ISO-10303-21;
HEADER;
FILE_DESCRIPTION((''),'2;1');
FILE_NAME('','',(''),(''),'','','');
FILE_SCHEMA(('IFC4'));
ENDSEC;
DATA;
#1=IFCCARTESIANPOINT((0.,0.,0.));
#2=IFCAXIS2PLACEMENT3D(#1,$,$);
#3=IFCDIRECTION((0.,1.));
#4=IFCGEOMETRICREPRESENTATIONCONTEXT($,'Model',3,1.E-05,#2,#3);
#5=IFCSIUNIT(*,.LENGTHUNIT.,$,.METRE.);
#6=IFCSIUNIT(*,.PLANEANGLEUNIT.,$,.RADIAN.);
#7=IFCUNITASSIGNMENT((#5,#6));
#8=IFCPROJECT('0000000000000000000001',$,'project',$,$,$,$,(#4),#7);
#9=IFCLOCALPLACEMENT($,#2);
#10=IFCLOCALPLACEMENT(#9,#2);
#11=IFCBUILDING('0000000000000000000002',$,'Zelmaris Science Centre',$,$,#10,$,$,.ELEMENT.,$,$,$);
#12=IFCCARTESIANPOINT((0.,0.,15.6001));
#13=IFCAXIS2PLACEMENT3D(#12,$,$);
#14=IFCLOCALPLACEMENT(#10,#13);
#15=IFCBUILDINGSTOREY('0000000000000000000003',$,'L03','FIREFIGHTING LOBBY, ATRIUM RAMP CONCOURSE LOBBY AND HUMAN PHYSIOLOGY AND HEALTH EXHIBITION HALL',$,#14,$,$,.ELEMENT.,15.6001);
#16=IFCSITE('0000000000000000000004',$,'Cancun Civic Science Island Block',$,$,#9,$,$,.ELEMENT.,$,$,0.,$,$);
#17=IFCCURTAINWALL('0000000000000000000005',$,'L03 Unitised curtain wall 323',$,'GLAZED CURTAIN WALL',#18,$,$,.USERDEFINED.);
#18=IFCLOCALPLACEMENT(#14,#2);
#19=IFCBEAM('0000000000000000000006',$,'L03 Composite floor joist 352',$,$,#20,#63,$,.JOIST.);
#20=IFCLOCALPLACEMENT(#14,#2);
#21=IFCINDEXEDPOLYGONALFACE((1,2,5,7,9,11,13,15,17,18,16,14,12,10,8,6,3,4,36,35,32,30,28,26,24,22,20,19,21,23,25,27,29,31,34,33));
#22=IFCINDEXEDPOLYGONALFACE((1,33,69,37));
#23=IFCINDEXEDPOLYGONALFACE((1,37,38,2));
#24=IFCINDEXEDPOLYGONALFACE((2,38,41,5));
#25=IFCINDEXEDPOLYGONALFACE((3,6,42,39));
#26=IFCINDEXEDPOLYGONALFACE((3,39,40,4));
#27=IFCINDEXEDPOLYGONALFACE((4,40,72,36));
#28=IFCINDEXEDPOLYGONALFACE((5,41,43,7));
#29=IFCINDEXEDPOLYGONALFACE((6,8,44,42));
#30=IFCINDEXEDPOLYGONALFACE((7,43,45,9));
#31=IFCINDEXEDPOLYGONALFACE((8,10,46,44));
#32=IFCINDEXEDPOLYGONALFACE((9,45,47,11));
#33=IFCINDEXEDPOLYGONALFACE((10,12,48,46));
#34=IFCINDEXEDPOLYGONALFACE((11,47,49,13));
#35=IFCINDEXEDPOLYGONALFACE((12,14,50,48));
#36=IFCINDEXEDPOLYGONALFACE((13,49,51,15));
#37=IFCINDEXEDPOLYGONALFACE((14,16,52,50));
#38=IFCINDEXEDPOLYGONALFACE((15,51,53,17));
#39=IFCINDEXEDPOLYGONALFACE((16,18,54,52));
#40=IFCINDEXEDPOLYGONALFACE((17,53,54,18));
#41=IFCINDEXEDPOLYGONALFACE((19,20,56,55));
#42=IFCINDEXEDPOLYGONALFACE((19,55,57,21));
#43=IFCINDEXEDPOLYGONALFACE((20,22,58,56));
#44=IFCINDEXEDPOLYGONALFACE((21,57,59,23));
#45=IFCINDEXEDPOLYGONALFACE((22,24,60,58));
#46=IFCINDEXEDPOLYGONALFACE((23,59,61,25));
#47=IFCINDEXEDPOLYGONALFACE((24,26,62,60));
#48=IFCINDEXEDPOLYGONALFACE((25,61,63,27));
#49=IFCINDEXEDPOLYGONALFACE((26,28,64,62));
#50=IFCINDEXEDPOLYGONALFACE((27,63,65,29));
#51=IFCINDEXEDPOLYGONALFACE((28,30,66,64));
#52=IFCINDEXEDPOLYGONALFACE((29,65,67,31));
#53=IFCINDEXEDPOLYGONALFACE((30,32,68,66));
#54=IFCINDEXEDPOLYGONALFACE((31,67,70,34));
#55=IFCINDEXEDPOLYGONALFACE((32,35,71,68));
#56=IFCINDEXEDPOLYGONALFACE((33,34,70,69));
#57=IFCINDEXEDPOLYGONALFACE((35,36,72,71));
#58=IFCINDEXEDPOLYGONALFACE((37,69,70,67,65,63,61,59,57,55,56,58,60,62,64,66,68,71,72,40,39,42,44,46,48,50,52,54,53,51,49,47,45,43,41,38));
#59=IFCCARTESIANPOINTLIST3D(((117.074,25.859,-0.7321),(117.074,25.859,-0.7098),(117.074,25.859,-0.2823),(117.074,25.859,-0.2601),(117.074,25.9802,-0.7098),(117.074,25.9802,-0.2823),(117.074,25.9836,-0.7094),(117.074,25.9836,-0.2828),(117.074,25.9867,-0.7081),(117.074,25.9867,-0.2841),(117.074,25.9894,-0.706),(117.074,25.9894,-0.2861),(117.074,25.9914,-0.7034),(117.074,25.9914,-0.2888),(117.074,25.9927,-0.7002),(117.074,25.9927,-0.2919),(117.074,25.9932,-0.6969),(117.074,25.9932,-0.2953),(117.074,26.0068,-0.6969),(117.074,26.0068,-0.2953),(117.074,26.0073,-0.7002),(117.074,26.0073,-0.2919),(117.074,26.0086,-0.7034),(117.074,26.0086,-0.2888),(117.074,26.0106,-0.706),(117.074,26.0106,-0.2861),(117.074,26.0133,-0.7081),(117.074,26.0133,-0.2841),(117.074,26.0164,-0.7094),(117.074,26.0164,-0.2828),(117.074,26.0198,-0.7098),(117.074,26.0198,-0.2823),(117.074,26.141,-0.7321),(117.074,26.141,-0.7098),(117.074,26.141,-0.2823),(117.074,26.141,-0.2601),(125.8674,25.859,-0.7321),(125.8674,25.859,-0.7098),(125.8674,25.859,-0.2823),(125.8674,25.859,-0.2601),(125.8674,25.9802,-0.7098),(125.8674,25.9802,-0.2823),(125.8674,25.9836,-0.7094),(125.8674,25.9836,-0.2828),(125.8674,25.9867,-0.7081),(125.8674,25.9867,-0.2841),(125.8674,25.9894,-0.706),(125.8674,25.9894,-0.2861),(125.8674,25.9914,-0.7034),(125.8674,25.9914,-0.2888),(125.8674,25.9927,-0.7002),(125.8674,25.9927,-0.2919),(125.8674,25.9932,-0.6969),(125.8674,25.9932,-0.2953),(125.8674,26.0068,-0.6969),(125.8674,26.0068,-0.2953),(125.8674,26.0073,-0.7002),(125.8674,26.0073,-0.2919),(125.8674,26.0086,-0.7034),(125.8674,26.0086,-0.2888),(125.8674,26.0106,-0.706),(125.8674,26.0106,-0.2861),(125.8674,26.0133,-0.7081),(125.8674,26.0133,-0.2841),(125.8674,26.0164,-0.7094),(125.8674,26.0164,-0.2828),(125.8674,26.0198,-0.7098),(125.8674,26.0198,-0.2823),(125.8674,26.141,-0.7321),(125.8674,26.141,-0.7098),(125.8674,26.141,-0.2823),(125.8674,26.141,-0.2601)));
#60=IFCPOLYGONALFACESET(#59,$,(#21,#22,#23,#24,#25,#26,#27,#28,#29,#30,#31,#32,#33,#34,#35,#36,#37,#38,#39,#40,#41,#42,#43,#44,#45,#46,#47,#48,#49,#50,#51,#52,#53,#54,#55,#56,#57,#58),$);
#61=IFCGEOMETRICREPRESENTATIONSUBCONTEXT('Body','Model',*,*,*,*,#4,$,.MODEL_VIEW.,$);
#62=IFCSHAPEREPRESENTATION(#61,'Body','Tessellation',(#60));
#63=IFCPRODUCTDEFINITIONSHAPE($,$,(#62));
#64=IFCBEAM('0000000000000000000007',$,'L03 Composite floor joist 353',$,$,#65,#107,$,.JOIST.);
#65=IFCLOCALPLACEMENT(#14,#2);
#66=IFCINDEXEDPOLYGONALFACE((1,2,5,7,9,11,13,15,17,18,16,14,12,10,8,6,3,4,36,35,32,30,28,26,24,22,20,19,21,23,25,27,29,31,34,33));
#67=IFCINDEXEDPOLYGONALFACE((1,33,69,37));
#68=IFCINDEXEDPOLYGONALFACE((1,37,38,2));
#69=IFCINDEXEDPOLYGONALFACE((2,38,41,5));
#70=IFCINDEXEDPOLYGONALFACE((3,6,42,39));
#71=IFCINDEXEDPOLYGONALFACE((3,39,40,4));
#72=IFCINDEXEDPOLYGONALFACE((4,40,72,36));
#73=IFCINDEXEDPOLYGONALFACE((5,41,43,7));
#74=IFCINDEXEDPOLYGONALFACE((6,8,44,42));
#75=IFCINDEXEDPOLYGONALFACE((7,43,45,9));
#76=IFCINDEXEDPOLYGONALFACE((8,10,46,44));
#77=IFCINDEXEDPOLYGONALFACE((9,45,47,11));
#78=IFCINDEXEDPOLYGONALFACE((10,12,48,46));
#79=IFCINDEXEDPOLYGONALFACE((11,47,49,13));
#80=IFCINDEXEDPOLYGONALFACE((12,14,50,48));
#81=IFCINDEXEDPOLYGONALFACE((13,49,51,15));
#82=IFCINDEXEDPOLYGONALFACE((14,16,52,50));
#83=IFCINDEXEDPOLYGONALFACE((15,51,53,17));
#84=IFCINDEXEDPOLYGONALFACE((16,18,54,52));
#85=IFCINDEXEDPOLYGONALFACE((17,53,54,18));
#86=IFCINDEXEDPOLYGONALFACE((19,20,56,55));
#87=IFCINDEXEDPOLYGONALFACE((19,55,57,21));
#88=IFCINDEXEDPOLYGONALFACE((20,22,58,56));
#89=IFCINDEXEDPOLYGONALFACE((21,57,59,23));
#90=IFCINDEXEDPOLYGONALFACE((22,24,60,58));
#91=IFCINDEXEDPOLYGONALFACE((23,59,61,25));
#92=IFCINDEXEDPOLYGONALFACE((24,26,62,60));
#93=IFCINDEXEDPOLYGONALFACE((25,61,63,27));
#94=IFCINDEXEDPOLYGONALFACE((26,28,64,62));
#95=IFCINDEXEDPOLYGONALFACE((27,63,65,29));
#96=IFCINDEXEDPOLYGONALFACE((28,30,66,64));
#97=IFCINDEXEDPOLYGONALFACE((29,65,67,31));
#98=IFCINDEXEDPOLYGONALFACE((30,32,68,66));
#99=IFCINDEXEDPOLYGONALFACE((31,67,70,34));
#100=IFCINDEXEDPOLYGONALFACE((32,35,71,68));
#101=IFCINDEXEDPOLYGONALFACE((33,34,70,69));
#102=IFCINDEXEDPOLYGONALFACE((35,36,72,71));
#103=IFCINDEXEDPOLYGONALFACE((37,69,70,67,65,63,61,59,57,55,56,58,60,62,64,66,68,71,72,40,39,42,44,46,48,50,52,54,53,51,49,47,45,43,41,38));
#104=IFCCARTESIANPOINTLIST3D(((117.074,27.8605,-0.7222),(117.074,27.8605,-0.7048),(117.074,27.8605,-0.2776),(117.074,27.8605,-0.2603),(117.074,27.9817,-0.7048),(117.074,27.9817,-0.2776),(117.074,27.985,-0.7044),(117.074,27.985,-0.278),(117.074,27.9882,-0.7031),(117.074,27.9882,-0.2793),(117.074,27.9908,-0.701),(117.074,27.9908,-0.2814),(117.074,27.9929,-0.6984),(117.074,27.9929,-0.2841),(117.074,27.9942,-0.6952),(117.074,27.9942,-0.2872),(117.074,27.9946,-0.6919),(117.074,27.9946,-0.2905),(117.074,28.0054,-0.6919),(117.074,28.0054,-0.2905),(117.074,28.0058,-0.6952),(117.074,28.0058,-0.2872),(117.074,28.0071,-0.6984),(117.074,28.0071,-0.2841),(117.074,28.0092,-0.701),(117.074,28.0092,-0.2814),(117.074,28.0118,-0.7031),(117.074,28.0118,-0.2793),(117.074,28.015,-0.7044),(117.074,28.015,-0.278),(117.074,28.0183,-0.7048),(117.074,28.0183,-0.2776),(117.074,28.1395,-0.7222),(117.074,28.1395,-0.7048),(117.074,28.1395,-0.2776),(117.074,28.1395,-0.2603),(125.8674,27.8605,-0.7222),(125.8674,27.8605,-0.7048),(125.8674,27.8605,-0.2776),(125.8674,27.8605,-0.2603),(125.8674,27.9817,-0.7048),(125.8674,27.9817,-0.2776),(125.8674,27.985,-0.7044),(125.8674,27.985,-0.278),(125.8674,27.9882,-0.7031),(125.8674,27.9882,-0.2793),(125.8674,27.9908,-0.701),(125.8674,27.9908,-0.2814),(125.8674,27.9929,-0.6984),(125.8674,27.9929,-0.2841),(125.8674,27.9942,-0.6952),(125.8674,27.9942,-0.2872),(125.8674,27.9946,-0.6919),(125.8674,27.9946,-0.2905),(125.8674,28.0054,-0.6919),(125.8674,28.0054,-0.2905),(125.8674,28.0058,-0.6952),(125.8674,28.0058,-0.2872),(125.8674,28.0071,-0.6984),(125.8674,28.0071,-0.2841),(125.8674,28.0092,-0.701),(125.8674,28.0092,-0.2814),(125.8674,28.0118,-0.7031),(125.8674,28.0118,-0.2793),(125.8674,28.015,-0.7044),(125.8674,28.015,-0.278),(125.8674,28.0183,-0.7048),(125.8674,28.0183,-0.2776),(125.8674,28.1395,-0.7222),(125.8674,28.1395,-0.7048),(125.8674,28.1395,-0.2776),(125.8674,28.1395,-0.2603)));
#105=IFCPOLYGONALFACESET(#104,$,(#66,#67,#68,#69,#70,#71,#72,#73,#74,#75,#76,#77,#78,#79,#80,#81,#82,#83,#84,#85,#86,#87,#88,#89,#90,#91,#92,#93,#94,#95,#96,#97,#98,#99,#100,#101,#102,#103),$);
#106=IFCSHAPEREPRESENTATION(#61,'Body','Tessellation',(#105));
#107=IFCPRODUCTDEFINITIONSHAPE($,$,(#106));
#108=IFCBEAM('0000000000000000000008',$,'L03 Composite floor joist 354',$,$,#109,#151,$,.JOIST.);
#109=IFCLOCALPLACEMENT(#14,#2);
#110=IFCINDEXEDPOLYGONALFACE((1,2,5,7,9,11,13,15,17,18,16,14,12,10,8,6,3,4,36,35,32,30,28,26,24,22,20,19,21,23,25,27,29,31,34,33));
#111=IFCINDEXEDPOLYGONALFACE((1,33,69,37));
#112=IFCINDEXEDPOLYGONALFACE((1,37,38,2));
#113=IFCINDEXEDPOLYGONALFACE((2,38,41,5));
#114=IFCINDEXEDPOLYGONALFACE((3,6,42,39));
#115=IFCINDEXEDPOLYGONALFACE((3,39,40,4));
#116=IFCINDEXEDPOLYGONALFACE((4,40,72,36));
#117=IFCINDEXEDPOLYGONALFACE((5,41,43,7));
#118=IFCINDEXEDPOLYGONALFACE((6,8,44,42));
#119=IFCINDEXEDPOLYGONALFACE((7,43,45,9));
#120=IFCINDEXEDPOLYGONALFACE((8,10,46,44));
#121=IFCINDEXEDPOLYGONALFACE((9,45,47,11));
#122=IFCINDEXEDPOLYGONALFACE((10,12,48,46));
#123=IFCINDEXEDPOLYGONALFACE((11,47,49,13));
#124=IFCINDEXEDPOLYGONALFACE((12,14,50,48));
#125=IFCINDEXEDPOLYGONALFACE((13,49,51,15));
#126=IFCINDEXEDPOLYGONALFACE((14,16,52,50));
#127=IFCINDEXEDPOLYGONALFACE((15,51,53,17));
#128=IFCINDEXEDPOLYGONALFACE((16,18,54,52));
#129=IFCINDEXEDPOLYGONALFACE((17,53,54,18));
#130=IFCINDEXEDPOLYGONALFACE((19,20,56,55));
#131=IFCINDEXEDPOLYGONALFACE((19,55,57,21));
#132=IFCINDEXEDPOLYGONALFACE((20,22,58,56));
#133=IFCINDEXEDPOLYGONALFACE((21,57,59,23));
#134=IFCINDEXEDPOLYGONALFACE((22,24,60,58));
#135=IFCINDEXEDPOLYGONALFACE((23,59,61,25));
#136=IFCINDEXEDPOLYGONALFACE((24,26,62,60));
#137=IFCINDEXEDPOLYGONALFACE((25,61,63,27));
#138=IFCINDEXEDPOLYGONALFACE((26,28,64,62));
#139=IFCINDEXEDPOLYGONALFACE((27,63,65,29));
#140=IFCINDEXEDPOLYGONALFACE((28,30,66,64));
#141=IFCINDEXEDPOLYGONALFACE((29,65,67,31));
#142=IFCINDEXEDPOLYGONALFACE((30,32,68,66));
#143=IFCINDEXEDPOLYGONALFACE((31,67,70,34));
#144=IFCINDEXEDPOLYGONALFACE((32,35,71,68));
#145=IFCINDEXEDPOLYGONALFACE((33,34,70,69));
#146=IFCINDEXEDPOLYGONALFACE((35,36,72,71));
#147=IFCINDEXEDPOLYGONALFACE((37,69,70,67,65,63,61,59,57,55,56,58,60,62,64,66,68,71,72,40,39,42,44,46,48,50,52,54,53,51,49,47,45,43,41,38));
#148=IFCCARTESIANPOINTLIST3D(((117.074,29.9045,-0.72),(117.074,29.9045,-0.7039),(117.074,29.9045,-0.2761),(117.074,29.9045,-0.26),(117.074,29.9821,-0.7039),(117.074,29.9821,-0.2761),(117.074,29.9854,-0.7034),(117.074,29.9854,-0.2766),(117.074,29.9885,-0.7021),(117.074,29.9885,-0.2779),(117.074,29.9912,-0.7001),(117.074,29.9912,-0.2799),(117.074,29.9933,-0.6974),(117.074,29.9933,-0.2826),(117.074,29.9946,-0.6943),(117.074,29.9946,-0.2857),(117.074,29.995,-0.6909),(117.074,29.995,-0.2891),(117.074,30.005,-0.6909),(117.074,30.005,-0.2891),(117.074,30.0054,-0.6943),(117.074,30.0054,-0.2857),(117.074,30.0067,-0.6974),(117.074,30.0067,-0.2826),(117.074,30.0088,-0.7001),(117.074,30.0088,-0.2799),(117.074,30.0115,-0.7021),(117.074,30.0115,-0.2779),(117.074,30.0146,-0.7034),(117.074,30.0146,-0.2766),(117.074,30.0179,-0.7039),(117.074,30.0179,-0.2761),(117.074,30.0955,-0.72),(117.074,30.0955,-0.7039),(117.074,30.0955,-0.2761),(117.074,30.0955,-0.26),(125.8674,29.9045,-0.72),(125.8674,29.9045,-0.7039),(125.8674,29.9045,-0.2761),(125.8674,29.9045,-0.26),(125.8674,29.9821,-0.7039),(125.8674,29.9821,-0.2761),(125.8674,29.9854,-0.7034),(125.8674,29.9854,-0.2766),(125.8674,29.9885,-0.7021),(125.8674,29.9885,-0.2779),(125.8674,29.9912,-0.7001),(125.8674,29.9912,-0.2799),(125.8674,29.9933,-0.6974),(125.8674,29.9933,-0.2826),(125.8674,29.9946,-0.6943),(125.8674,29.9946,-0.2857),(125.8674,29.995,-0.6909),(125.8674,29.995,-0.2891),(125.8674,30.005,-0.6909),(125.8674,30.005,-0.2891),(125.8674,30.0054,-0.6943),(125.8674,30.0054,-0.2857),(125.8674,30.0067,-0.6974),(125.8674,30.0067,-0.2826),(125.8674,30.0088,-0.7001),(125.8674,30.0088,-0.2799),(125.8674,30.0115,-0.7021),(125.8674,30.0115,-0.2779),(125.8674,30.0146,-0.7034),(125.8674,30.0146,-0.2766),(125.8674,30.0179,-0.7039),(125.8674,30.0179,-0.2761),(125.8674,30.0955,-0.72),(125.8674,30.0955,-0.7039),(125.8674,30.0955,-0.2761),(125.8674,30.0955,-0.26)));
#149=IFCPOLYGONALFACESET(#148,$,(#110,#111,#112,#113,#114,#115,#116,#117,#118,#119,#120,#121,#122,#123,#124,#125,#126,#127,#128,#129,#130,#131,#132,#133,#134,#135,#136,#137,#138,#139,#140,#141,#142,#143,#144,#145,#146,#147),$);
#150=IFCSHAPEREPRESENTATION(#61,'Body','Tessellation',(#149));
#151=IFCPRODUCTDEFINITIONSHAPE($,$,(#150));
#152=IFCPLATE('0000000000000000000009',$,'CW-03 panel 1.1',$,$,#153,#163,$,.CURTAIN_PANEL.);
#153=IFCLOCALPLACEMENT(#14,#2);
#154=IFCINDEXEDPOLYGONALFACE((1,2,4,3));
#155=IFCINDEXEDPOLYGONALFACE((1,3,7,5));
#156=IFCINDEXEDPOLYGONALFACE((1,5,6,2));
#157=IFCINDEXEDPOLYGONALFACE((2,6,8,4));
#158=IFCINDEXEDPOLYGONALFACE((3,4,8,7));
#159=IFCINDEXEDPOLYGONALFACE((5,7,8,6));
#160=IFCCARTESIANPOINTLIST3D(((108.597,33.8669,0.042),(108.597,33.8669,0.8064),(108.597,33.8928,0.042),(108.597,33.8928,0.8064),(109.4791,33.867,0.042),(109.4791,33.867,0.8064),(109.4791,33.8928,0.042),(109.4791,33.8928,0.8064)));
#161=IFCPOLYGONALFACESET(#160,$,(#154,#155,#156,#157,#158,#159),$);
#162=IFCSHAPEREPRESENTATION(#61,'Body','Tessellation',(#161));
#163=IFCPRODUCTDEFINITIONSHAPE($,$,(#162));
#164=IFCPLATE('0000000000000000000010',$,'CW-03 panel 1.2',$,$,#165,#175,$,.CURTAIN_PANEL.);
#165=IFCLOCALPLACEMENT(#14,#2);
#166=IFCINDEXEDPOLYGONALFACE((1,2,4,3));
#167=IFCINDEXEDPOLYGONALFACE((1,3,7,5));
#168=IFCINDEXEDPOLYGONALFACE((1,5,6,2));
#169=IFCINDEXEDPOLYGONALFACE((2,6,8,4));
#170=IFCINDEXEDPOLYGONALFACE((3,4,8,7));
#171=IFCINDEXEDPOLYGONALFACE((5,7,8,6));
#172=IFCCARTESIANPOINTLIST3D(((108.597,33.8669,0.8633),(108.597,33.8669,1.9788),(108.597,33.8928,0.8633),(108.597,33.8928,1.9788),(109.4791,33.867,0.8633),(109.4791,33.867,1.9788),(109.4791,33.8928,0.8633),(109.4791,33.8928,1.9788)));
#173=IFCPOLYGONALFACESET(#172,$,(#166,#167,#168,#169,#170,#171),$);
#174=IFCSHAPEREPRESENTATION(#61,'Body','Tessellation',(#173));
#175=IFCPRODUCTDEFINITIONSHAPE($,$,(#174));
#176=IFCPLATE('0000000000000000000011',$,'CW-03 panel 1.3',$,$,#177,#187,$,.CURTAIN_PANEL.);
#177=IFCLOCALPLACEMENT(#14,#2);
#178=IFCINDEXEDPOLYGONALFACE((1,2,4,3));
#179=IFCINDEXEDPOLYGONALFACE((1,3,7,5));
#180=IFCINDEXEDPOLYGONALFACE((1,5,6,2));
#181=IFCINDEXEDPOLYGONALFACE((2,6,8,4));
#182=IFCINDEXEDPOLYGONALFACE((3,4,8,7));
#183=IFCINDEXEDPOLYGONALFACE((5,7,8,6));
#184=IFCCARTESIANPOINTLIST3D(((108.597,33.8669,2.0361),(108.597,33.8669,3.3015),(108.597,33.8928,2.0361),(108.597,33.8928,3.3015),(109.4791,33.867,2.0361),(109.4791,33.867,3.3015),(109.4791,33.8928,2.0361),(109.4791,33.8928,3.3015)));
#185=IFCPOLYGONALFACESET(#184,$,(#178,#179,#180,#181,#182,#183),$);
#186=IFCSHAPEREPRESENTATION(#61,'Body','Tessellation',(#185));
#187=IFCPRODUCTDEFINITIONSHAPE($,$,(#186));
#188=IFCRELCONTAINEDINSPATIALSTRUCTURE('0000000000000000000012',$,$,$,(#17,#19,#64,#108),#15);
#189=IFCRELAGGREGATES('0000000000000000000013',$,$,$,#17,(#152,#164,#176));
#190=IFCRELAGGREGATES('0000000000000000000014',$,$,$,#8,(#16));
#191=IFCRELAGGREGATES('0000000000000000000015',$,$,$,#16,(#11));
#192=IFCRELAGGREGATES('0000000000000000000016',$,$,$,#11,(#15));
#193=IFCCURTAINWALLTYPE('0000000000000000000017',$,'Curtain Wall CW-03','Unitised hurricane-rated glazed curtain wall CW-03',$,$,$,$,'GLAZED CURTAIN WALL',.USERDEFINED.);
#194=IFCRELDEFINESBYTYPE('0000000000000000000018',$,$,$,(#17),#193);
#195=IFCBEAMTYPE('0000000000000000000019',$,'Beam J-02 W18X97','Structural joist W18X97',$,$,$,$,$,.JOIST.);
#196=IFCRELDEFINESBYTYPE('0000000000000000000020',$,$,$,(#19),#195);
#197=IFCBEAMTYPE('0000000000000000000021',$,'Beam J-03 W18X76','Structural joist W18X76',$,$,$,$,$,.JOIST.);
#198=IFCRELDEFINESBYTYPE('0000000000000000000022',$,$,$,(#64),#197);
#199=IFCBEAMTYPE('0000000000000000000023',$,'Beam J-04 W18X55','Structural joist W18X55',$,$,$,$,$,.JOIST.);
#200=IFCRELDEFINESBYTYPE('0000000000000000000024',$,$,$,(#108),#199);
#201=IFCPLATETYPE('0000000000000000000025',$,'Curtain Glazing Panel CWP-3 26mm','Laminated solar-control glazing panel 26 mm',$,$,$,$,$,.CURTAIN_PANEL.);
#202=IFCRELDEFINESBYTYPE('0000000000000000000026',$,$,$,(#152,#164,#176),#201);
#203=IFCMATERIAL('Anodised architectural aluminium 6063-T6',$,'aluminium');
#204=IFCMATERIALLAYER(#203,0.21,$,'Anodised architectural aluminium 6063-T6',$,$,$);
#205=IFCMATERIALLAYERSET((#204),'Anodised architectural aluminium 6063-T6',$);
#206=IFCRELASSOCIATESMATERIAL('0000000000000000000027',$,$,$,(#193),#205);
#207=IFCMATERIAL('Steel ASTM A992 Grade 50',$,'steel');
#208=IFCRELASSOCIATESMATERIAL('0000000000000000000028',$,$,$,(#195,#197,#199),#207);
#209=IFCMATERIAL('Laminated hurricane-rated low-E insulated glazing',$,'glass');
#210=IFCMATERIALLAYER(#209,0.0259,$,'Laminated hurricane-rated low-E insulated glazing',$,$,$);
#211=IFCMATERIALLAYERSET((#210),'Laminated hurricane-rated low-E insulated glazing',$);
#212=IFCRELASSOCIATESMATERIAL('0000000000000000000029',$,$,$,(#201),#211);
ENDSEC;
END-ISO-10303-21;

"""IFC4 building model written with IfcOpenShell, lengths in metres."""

from ifc_helpers import new_model, si_unit, direction, frame, origin, origin_2d, place, context, subcontext, project, spatial, rectangle, i_section, extrude, material, layer, layer_set, material_profile, profile_set, type_object, element, aggregate, save


model = new_model("IFC4")

# Units and contexts
model_context = context("Model", 3, precision=1e-05, world=origin(), true_north=direction((0.0, 1.0)))
body_context = subcontext(model_context, "Body", "Model", "MODEL_VIEW")
ifc_project = project(units=[si_unit("LENGTHUNIT", "METRE"), si_unit("PLANEANGLEUNIT", "RADIAN")], contexts=[model_context])

# Site, building, storey
site_placement = place(None, origin())
site = spatial("IfcSite", under=ifc_project, at=site_placement, Name="Cancun Civic Science Island Block", CompositionType="ELEMENT", RefElevation=0.0)
building_placement = place(site_placement, origin())
building = spatial("IfcBuilding", under=site, at=building_placement, Name="Zelmaris Science Centre", CompositionType="ELEMENT")
storey_placement = place(building_placement, frame((0.0, 0.0, 15.6001)))
storey = spatial("IfcBuildingStorey", under=building, at=storey_placement, Name="L03", Description="FIREFIGHTING LOBBY, ATRIUM RAMP CONCOURSE LOBBY AND HUMAN PHYSIOLOGY AND HEALTH EXHIBITION HALL", CompositionType="ELEMENT", Elevation=15.6001)

# Shared definitions
ifc_material_1 = material(Name="Steel ASTM A992 Grade 50", Category="steel")

# Shared definitions
ifc_material_2 = material(Name="Anodised architectural aluminium 6063-T6", Category="aluminium")
ifc_layer_1 = layer(ifc_material_2, 0.21, Name="Anodised architectural aluminium 6063-T6")
ifc_layer_set_1 = layer_set([ifc_layer_1], Name="Anodised architectural aluminium 6063-T6")
curtain_wall_type = type_object("IfcCurtainWallType", Name="Curtain Wall CW-03", Description="Unitised hurricane-rated glazed curtain wall CW-03", ElementType="GLAZED CURTAIN WALL", PredefinedType="USERDEFINED", material=ifc_layer_set_1)

# Curtain wall
curtain_wall_1_placement = place(storey_placement, origin())
curtain_wall_1 = element("IfcCurtainWall", 1, at=curtain_wall_1_placement, inside=storey, type_object=curtain_wall_type, Name="L03 Unitised curtain wall 323", ObjectType="GLAZED CURTAIN WALL", PredefinedType="USERDEFINED")

# Beams
ifc_material_profile_1 = material_profile(ifc_material_1, i_section(OverallWidth=0.282, OverallDepth=0.4719, WebThickness=0.0137, FlangeThickness=0.0222, FilletRadius=0.0129, at=origin_2d()), Name="W18X97")
ifc_profile_set_1 = profile_set([ifc_material_profile_1], Name="Steel ASTM A992 Grade 50")
beam_type_1 = type_object("IfcBeamType", Name="Beam J-02 W18X97", Description="Structural joist W18X97", PredefinedType="JOIST", material=ifc_profile_set_1)
beam_1_placement = place(storey_placement, frame((117.074, 26.0, -0.4961), z_axis=(1.0, 0.0, 0.0), x_axis=(0.0, 1.0, 0.0)))
element("IfcBeam", 2, at=beam_1_placement, inside=storey, type_object=beam_type_1, Name="L03 Composite floor joist 352", PredefinedType="JOIST", context=body_context, shape_type="SweptSolid", body=[
    extrude(i_section(OverallWidth=0.282, OverallDepth=0.4719, WebThickness=0.0137, FlangeThickness=0.0222, FilletRadius=0.0129, at=origin_2d()), origin(), (0.0, 0.0, 1.0), 8.7935),
])
ifc_material_profile_2 = material_profile(ifc_material_1, i_section(OverallWidth=0.2791, OverallDepth=0.4619, WebThickness=0.0107, FlangeThickness=0.0173, FilletRadius=0.0129, at=origin_2d()), Name="W18X76")
ifc_profile_set_2 = profile_set([ifc_material_profile_2], Name="Steel ASTM A992 Grade 50")
beam_type_2 = type_object("IfcBeamType", Name="Beam J-03 W18X76", Description="Structural joist W18X76", PredefinedType="JOIST", material=ifc_profile_set_2)
beam_2_placement = place(storey_placement, frame((117.074, 28.0, -0.4912), z_axis=(1.0, 0.0, 0.0), x_axis=(0.0, 1.0, 0.0)))
element("IfcBeam", 3, at=beam_2_placement, inside=storey, type_object=beam_type_2, Name="L03 Composite floor joist 353", PredefinedType="JOIST", context=body_context, shape_type="SweptSolid", body=[
    extrude(i_section(OverallWidth=0.2791, OverallDepth=0.4619, WebThickness=0.0107, FlangeThickness=0.0173, FilletRadius=0.0129, at=origin_2d()), origin(), (0.0, 0.0, 1.0), 8.7935),
])
ifc_material_profile_3 = material_profile(ifc_material_1, i_section(OverallWidth=0.1909, OverallDepth=0.46, WebThickness=0.01, FlangeThickness=0.0161, FilletRadius=0.0129, at=origin_2d()), Name="W18X55")
ifc_profile_set_3 = profile_set([ifc_material_profile_3], Name="Steel ASTM A992 Grade 50")
beam_type_3 = type_object("IfcBeamType", Name="Beam J-04 W18X55", Description="Structural joist W18X55", PredefinedType="JOIST", material=ifc_profile_set_3)
beam_3_placement = place(storey_placement, frame((117.074, 30.0, -0.49), z_axis=(1.0, 0.0, 0.0), x_axis=(0.0, 1.0, 0.0)))
element("IfcBeam", 4, at=beam_3_placement, inside=storey, type_object=beam_type_3, Name="L03 Composite floor joist 354", PredefinedType="JOIST", context=body_context, shape_type="SweptSolid", body=[
    extrude(i_section(OverallWidth=0.1909, OverallDepth=0.46, WebThickness=0.01, FlangeThickness=0.0161, FilletRadius=0.0129, at=origin_2d()), origin(), (0.0, 0.0, 1.0), 8.7935),
])

# Plates
ifc_material_3 = material(Name="Laminated hurricane-rated low-E insulated glazing", Category="glass")
ifc_layer_2 = layer(ifc_material_3, 0.0259, Name="Laminated hurricane-rated low-E insulated glazing")
ifc_layer_set_2 = layer_set([ifc_layer_2], Name="Laminated hurricane-rated low-E insulated glazing")
plate_type = type_object("IfcPlateType", Name="Curtain Glazing Panel CWP-3 26mm", Description="Laminated solar-control glazing panel 26 mm", PredefinedType="CURTAIN_PANEL", material=ifc_layer_set_2)
plate_1_placement = place(storey_placement, frame((109.0381, 33.8799, 0.042), z_axis=(0.0, 0.0, 1.0), x_axis=(1.0, 0.000026, 0.0)))
plate_1 = element("IfcPlate", 5, at=plate_1_placement, type_object=plate_type, Name="CW-03 panel 1.1", PredefinedType="CURTAIN_PANEL", context=body_context, shape_type="SweptSolid", body=[
    extrude(rectangle(XDim=0.8821, YDim=0.0259, at=origin_2d()), origin(), (0.0, 0.0, 1.0), 0.7644),
])
plate_2_placement = place(storey_placement, frame((109.0381, 33.8799, 0.8633), z_axis=(0.0, 0.0, 1.0), x_axis=(1.0, 0.000026, 0.0)))
plate_2 = element("IfcPlate", 6, at=plate_2_placement, type_object=plate_type, Name="CW-03 panel 1.2", PredefinedType="CURTAIN_PANEL", context=body_context, shape_type="SweptSolid", body=[
    extrude(rectangle(XDim=0.8821, YDim=0.0259, at=origin_2d()), origin(), (0.0, 0.0, 1.0), 1.1155),
])
plate_3_placement = place(storey_placement, frame((109.0381, 33.8799, 2.0361), z_axis=(0.0, 0.0, 1.0), x_axis=(1.0, 0.000026, 0.0)))
plate_3 = element("IfcPlate", 7, at=plate_3_placement, type_object=plate_type, Name="CW-03 panel 1.3", PredefinedType="CURTAIN_PANEL", context=body_context, shape_type="SweptSolid", body=[
    extrude(rectangle(XDim=0.8821, YDim=0.0259, at=origin_2d()), origin(), (0.0, 0.0, 1.0), 1.2654),
])
aggregate(curtain_wall_1, [plate_1, plate_2, plate_3])

save(model, "model.ifc")
